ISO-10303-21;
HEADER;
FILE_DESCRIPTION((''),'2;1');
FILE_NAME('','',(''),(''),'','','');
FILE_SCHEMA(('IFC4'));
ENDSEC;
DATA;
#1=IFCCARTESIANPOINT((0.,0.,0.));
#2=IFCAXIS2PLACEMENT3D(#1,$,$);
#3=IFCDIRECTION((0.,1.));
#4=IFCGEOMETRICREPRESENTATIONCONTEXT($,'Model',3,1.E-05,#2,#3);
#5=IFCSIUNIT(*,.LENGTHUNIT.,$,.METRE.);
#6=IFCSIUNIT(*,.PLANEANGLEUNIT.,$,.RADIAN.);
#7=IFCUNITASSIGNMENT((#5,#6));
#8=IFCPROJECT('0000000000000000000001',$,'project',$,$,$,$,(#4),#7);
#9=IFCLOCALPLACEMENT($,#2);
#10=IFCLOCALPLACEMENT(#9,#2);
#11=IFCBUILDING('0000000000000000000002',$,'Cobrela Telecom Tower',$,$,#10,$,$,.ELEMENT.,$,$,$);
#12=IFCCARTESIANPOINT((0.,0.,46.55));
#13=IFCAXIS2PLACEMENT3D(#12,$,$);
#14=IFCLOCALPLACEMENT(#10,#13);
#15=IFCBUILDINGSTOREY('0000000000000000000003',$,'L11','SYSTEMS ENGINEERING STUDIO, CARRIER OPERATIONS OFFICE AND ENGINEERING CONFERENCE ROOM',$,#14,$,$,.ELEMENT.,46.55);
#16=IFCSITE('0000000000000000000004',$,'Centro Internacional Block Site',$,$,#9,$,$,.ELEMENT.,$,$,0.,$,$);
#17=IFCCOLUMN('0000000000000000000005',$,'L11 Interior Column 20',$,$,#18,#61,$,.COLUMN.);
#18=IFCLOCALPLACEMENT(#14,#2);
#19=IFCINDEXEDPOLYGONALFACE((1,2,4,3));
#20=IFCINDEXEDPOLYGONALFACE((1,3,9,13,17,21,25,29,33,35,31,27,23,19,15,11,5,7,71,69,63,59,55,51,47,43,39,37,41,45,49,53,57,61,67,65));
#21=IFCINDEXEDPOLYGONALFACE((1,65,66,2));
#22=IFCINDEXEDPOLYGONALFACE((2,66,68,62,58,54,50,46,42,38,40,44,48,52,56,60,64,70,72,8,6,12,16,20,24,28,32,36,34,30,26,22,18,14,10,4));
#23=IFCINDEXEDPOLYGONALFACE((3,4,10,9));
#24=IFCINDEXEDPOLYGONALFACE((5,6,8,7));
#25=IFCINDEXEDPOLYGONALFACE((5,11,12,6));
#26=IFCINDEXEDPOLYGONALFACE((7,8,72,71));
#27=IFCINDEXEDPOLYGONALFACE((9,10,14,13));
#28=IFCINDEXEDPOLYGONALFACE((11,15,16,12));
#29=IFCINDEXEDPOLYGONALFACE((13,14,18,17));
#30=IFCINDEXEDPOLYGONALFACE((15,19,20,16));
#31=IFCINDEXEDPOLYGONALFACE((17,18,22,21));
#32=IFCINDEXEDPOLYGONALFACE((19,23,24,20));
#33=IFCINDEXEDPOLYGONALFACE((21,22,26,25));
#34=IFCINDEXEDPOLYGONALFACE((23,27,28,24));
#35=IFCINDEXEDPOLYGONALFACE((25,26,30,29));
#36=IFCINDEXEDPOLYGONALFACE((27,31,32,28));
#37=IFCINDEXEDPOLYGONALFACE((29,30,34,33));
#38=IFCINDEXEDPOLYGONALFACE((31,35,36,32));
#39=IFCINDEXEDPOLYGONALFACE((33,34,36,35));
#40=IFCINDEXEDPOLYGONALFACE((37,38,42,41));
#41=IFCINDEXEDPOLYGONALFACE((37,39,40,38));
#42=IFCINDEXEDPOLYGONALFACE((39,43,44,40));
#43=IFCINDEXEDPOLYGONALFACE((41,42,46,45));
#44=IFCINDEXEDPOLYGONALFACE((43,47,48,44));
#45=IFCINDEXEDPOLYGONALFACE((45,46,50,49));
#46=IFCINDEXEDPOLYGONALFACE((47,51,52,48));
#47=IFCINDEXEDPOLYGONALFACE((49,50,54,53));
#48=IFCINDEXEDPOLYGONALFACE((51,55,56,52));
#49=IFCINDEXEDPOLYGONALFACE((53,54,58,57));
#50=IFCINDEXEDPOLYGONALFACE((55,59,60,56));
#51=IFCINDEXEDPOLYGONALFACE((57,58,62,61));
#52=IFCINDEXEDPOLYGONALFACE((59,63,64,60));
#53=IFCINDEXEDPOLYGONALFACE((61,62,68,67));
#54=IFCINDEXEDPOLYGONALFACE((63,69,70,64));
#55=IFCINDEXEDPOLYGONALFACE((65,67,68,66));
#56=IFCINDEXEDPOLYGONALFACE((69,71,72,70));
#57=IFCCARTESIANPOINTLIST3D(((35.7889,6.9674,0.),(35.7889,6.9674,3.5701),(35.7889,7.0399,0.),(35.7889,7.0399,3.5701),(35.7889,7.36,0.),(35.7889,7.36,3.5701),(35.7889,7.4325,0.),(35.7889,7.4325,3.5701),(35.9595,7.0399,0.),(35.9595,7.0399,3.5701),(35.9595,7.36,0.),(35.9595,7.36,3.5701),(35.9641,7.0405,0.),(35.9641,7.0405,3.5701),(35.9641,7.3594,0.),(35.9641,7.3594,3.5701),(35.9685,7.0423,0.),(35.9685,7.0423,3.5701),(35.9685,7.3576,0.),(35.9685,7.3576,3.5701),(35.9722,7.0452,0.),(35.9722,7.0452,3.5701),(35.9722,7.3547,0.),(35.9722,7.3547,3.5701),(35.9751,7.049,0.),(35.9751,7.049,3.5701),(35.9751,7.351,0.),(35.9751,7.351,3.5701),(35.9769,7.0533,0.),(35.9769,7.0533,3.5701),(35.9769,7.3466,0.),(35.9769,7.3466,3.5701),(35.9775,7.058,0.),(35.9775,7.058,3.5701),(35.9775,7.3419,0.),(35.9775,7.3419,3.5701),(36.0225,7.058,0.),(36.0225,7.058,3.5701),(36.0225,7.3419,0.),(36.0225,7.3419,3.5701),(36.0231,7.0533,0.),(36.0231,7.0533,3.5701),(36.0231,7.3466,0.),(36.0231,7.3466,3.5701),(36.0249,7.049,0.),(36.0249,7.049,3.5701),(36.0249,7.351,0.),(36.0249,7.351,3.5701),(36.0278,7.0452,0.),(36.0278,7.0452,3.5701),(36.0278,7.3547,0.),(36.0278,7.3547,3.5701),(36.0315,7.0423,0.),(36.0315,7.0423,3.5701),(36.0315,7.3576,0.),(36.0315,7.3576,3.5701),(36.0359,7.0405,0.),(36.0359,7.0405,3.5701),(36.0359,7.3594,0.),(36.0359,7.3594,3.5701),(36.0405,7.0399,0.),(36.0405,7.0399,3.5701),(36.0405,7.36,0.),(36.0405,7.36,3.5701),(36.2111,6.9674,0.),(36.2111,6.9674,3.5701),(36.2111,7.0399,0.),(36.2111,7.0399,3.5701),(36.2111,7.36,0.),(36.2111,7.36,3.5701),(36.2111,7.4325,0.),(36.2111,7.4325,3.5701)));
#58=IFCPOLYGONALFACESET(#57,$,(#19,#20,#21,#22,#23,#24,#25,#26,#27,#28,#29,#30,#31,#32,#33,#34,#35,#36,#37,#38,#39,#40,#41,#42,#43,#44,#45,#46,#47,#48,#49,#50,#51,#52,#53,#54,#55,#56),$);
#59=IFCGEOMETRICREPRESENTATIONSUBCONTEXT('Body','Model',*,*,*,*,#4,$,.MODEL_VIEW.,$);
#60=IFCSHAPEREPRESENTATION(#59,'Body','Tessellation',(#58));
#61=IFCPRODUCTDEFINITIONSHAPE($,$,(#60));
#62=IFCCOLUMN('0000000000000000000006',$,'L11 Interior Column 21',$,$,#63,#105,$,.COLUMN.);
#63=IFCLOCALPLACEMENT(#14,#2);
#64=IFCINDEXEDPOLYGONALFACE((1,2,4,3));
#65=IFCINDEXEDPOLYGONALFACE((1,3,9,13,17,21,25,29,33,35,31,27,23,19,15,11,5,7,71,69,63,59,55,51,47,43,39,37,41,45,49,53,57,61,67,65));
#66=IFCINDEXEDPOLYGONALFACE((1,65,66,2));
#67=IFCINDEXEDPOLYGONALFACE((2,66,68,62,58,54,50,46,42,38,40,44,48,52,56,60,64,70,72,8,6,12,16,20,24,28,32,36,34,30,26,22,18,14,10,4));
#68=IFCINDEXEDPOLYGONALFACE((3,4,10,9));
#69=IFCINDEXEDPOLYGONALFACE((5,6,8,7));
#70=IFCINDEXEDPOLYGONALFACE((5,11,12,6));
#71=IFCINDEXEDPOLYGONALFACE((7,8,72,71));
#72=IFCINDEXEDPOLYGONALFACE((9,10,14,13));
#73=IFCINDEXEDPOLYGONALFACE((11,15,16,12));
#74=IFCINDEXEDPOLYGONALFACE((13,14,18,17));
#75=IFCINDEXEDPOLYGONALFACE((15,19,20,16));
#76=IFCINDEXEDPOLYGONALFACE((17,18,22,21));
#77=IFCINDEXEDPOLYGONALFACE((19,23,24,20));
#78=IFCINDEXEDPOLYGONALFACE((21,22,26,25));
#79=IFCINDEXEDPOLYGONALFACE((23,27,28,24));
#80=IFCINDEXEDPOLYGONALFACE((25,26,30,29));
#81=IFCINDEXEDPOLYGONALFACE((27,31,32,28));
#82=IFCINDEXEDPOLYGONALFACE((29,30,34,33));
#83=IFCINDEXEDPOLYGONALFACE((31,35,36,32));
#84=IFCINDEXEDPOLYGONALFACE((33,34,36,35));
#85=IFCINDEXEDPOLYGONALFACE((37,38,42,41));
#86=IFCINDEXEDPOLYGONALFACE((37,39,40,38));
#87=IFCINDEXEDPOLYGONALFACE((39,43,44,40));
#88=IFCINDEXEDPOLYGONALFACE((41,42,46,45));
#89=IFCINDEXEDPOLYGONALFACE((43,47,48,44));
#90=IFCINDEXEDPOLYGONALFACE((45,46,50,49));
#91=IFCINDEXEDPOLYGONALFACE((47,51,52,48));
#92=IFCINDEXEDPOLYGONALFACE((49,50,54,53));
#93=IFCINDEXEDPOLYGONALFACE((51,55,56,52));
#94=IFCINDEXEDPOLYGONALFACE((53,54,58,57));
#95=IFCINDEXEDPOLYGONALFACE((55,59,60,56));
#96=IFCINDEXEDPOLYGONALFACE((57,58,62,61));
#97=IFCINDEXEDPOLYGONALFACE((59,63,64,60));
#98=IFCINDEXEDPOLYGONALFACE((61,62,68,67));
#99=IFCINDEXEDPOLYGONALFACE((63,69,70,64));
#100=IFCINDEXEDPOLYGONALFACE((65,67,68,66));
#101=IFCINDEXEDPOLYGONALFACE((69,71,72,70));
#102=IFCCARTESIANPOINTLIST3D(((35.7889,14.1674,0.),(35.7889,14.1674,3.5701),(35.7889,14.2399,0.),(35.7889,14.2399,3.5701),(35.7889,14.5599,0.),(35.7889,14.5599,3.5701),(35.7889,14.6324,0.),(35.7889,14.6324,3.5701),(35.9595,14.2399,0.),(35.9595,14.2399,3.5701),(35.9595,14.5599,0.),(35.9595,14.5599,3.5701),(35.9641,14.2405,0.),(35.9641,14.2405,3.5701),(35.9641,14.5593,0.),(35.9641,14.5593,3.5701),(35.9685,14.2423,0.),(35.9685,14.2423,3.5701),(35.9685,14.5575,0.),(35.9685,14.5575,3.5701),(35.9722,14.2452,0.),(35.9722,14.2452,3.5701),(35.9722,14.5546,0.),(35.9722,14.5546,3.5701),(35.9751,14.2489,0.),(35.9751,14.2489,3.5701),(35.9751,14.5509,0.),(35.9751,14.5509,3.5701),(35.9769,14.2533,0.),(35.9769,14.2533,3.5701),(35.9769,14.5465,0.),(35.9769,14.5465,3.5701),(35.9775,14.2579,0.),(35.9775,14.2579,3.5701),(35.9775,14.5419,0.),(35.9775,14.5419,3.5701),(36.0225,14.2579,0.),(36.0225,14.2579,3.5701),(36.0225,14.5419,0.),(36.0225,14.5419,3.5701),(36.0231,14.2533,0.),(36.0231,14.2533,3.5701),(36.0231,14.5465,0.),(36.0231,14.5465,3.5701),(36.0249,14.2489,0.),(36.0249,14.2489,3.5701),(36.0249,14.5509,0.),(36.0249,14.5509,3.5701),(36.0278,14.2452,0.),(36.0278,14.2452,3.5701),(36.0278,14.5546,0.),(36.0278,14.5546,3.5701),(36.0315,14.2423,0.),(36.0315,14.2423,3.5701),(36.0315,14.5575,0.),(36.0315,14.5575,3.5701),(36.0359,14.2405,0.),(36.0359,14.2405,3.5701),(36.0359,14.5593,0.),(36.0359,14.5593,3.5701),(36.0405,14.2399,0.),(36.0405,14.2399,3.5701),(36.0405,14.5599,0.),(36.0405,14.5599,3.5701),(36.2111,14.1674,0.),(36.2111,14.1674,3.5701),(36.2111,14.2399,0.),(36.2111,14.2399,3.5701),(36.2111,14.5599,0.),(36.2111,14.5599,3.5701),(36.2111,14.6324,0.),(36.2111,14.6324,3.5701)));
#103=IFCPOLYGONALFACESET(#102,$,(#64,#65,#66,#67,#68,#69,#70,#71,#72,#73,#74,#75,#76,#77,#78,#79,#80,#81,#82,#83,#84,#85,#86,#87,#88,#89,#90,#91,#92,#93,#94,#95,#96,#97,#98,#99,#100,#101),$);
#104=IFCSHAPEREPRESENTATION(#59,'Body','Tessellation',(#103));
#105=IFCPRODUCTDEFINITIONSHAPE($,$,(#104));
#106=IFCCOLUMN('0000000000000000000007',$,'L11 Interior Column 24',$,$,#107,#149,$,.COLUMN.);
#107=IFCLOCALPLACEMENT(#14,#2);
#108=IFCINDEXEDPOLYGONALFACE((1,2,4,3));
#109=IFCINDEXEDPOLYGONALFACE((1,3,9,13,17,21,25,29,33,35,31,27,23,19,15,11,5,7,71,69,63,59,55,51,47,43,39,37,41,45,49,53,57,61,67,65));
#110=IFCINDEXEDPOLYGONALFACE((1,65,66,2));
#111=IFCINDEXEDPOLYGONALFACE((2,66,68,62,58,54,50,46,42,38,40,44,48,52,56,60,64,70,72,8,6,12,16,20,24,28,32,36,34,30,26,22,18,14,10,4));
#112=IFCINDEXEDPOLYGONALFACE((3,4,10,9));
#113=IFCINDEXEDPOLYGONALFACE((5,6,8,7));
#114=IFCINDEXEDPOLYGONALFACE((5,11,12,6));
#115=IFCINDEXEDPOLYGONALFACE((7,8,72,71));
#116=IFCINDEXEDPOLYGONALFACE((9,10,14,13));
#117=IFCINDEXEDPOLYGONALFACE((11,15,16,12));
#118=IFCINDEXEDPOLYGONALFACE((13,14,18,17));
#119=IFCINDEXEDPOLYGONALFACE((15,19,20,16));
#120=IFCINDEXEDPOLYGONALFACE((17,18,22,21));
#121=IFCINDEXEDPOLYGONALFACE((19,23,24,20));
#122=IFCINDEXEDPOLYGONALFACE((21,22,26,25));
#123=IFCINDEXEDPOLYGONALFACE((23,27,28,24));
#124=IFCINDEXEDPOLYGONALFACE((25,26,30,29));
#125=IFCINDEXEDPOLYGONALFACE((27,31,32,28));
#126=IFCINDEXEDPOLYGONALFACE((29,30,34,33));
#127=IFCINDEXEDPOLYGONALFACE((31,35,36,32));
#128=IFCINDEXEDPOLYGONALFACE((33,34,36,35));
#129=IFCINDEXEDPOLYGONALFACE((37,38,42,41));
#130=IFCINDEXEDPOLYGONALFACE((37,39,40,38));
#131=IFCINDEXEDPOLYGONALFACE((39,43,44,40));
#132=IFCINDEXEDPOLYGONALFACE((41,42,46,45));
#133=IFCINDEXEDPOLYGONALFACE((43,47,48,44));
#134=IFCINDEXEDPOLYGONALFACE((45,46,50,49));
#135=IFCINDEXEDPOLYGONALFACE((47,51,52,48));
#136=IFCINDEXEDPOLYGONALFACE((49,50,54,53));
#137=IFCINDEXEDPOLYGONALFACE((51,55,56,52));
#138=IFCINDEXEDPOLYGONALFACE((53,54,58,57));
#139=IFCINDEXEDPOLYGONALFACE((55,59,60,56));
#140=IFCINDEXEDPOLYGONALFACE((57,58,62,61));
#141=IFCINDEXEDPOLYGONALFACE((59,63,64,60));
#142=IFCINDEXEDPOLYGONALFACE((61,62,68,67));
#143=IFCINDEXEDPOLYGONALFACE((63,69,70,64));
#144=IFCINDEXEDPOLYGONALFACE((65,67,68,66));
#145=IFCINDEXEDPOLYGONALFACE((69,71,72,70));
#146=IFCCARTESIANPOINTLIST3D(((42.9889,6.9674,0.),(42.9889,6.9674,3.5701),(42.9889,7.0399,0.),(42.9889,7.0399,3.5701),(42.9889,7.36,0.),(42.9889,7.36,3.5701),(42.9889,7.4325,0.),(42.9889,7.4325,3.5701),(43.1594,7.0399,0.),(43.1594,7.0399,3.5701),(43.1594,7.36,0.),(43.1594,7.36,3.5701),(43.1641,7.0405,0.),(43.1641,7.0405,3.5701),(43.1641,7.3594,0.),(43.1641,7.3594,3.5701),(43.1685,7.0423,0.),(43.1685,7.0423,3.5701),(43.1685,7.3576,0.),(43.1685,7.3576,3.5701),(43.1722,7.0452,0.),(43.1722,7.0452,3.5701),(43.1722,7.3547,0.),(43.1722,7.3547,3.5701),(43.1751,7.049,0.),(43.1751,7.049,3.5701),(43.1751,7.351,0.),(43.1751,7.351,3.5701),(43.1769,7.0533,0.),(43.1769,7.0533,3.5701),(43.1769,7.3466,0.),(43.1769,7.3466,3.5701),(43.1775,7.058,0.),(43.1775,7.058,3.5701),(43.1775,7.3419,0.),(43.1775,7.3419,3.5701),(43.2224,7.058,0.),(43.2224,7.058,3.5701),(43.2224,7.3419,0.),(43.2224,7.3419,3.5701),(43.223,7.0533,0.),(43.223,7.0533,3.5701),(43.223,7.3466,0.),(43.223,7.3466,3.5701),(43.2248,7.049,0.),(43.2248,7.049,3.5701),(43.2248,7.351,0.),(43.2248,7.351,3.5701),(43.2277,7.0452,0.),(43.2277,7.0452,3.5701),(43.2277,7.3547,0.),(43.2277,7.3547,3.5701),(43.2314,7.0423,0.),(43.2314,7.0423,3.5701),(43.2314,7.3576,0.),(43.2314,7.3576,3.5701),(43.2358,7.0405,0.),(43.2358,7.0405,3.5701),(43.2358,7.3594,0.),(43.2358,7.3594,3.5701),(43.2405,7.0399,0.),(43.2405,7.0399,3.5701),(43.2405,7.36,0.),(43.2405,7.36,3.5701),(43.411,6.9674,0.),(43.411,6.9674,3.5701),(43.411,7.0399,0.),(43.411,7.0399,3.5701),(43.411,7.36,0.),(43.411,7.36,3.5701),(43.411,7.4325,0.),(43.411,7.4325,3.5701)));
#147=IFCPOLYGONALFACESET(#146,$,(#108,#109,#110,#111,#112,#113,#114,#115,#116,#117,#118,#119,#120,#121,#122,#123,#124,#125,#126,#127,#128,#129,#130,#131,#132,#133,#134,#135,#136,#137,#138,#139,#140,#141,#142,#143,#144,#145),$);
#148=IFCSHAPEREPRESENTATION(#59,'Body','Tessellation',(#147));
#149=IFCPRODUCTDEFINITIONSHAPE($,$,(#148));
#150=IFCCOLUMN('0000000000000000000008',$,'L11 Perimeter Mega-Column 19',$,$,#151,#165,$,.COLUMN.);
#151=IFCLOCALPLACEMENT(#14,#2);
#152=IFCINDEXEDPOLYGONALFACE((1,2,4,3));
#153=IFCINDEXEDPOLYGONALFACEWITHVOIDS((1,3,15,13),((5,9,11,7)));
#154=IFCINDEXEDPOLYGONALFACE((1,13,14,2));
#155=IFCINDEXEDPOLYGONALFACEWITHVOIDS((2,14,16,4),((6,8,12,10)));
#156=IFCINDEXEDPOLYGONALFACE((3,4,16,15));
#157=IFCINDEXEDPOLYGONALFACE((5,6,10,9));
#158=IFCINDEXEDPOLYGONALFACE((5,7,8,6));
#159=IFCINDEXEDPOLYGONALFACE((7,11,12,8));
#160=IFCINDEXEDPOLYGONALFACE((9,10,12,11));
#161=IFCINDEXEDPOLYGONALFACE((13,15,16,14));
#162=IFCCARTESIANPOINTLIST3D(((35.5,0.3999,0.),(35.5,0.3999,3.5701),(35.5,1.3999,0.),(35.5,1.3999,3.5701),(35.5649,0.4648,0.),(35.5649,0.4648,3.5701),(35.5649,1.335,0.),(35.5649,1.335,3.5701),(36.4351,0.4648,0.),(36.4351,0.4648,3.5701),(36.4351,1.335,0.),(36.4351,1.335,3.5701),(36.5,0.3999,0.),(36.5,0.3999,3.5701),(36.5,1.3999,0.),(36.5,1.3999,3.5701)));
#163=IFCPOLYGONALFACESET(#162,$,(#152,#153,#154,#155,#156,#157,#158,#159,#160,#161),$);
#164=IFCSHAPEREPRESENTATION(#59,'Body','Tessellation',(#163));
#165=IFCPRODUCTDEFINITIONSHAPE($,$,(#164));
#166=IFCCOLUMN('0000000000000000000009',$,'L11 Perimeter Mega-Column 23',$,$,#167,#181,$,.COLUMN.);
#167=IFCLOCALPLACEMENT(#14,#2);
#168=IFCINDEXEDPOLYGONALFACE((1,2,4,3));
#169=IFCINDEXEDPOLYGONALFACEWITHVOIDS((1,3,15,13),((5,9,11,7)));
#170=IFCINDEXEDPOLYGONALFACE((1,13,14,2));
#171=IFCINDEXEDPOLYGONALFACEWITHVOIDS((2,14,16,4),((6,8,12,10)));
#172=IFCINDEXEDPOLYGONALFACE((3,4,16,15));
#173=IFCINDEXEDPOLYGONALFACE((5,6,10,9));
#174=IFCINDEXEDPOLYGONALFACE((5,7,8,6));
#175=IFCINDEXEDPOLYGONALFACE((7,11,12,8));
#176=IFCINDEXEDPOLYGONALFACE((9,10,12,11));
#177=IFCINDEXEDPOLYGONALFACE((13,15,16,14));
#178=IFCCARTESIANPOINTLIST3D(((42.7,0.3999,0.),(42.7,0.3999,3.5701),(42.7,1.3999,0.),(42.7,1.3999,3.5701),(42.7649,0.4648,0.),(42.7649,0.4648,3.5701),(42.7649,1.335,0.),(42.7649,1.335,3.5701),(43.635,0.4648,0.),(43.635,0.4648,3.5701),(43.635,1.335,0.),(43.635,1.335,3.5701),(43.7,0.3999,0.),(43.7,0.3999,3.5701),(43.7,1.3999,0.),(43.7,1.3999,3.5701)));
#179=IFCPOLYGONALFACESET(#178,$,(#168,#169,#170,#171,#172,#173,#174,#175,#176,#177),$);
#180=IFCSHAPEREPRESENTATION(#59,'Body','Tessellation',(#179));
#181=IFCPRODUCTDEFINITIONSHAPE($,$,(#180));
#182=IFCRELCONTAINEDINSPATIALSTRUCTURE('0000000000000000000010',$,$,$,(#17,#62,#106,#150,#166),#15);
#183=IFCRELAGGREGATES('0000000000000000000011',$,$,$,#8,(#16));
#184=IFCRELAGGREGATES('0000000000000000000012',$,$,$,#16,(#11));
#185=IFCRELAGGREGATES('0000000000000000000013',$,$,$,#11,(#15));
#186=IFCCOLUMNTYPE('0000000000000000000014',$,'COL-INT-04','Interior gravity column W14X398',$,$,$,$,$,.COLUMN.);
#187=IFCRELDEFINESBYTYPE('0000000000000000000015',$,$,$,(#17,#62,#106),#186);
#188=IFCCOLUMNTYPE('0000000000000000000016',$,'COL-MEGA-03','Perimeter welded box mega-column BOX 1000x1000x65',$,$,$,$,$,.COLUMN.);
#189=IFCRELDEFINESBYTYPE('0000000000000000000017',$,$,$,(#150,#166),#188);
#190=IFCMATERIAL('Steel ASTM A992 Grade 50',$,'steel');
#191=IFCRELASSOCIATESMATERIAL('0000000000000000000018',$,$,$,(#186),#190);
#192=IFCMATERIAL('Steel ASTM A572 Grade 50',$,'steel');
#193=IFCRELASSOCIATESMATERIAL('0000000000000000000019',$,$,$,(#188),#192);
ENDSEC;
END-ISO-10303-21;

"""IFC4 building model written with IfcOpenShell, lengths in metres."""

from ifc_helpers import new_model, si_unit, direction, frame, origin, origin_2d, place, context, subcontext, project, spatial, hollow_rectangle, i_section, extrude, material, material_profile, profile_set, type_object, element, save


model = new_model("IFC4")

# Units and contexts
model_context = context("Model", 3, precision=1e-05, world=origin(), true_north=direction((0.0, 1.0)))
body_context = subcontext(model_context, "Body", "Model", "MODEL_VIEW")
ifc_project = project(units=[si_unit("LENGTHUNIT", "METRE"), si_unit("PLANEANGLEUNIT", "RADIAN")], contexts=[model_context])

# Site, building, storey
site_placement = place(None, origin())
site = spatial("IfcSite", under=ifc_project, at=site_placement, Name="Centro Internacional Block Site", CompositionType="ELEMENT", RefElevation=0.0)
building_placement = place(site_placement, origin())
building = spatial("IfcBuilding", under=site, at=building_placement, Name="Cobrela Telecom Tower", CompositionType="ELEMENT")
storey_placement = place(building_placement, frame((0.0, 0.0, 46.55)))
storey = spatial("IfcBuildingStorey", under=building, at=storey_placement, Name="L11", Description="SYSTEMS ENGINEERING STUDIO, CARRIER OPERATIONS OFFICE AND ENGINEERING CONFERENCE ROOM", CompositionType="ELEMENT", Elevation=46.55)

# Columns
ifc_material_1 = material(Name="Steel ASTM A992 Grade 50", Category="steel")
ifc_material_profile_1 = material_profile(ifc_material_1, i_section(OverallWidth=0.4221, OverallDepth=0.4651, WebThickness=0.0449, FlangeThickness=0.0725, FilletRadius=0.0181, at=origin_2d()), Name="W14X398")
ifc_profile_set_1 = profile_set([ifc_material_profile_1], Name="Steel ASTM A992 Grade 50")
column_type_1 = type_object("IfcColumnType", Name="COL-INT-04", Description="Interior gravity column W14X398", PredefinedType="COLUMN", material=ifc_profile_set_1)
for number, where, z_axis, x_axis, name in (
    (1, (36.0, 7.2, 0.0), (0.0, 0.0, 1.0), (1.0, 0.0, 0.0), "L11 Interior Column 20"),
    (2, (36.0, 14.3999, 0.0), (0.0, 0.0, 1.0), (1.0, 0.0, 0.0), "L11 Interior Column 21"),
    (3, (43.2, 7.2, 0.0), (0.0, 0.0, 1.0), (1.0, 0.0, 0.0), "L11 Interior Column 24"),
):
    element("IfcColumn", number, at=place(storey_placement, frame(where, z_axis=z_axis, x_axis=x_axis)), inside=storey, type_object=column_type_1, Name=name, PredefinedType="COLUMN", context=body_context, shape_type="SweptSolid", body=[
        extrude(i_section(OverallWidth=0.4221, OverallDepth=0.4651, WebThickness=0.0449, FlangeThickness=0.0725, FilletRadius=0.0181, at=origin_2d()), origin(), (0.0, 0.0, 1.0), 3.5701),
    ])
ifc_material_2 = material(Name="Steel ASTM A572 Grade 50", Category="steel")
ifc_material_profile_2 = material_profile(ifc_material_2, hollow_rectangle(XDim=1.0, YDim=1.0, WallThickness=0.0649, at=origin_2d()), Name="BOX 1000x1000x65")
ifc_profile_set_2 = profile_set([ifc_material_profile_2], Name="Steel ASTM A572 Grade 50")
column_type_2 = type_object("IfcColumnType", Name="COL-MEGA-03", Description="Perimeter welded box mega-column BOX 1000x1000x65", PredefinedType="COLUMN", material=ifc_profile_set_2)
for number, where, z_axis, x_axis, name in (
    (4, (36.0, 0.8999, 0.0), (0.0, 0.0, 1.0), (1.0, 0.0, 0.0), "L11 Perimeter Mega-Column 19"),
    (5, (43.2, 0.8999, 0.0), (0.0, 0.0, 1.0), (1.0, 0.0, 0.0), "L11 Perimeter Mega-Column 23"),
):
    element("IfcColumn", number, at=place(storey_placement, frame(where, z_axis=z_axis, x_axis=x_axis)), inside=storey, type_object=column_type_2, Name=name, PredefinedType="COLUMN", context=body_context, shape_type="SweptSolid", body=[
        extrude(hollow_rectangle(XDim=1.0, YDim=1.0, WallThickness=0.0649, at=origin_2d()), origin(), (0.0, 0.0, 1.0), 3.5701),
    ])

save(model, "model.ifc")
